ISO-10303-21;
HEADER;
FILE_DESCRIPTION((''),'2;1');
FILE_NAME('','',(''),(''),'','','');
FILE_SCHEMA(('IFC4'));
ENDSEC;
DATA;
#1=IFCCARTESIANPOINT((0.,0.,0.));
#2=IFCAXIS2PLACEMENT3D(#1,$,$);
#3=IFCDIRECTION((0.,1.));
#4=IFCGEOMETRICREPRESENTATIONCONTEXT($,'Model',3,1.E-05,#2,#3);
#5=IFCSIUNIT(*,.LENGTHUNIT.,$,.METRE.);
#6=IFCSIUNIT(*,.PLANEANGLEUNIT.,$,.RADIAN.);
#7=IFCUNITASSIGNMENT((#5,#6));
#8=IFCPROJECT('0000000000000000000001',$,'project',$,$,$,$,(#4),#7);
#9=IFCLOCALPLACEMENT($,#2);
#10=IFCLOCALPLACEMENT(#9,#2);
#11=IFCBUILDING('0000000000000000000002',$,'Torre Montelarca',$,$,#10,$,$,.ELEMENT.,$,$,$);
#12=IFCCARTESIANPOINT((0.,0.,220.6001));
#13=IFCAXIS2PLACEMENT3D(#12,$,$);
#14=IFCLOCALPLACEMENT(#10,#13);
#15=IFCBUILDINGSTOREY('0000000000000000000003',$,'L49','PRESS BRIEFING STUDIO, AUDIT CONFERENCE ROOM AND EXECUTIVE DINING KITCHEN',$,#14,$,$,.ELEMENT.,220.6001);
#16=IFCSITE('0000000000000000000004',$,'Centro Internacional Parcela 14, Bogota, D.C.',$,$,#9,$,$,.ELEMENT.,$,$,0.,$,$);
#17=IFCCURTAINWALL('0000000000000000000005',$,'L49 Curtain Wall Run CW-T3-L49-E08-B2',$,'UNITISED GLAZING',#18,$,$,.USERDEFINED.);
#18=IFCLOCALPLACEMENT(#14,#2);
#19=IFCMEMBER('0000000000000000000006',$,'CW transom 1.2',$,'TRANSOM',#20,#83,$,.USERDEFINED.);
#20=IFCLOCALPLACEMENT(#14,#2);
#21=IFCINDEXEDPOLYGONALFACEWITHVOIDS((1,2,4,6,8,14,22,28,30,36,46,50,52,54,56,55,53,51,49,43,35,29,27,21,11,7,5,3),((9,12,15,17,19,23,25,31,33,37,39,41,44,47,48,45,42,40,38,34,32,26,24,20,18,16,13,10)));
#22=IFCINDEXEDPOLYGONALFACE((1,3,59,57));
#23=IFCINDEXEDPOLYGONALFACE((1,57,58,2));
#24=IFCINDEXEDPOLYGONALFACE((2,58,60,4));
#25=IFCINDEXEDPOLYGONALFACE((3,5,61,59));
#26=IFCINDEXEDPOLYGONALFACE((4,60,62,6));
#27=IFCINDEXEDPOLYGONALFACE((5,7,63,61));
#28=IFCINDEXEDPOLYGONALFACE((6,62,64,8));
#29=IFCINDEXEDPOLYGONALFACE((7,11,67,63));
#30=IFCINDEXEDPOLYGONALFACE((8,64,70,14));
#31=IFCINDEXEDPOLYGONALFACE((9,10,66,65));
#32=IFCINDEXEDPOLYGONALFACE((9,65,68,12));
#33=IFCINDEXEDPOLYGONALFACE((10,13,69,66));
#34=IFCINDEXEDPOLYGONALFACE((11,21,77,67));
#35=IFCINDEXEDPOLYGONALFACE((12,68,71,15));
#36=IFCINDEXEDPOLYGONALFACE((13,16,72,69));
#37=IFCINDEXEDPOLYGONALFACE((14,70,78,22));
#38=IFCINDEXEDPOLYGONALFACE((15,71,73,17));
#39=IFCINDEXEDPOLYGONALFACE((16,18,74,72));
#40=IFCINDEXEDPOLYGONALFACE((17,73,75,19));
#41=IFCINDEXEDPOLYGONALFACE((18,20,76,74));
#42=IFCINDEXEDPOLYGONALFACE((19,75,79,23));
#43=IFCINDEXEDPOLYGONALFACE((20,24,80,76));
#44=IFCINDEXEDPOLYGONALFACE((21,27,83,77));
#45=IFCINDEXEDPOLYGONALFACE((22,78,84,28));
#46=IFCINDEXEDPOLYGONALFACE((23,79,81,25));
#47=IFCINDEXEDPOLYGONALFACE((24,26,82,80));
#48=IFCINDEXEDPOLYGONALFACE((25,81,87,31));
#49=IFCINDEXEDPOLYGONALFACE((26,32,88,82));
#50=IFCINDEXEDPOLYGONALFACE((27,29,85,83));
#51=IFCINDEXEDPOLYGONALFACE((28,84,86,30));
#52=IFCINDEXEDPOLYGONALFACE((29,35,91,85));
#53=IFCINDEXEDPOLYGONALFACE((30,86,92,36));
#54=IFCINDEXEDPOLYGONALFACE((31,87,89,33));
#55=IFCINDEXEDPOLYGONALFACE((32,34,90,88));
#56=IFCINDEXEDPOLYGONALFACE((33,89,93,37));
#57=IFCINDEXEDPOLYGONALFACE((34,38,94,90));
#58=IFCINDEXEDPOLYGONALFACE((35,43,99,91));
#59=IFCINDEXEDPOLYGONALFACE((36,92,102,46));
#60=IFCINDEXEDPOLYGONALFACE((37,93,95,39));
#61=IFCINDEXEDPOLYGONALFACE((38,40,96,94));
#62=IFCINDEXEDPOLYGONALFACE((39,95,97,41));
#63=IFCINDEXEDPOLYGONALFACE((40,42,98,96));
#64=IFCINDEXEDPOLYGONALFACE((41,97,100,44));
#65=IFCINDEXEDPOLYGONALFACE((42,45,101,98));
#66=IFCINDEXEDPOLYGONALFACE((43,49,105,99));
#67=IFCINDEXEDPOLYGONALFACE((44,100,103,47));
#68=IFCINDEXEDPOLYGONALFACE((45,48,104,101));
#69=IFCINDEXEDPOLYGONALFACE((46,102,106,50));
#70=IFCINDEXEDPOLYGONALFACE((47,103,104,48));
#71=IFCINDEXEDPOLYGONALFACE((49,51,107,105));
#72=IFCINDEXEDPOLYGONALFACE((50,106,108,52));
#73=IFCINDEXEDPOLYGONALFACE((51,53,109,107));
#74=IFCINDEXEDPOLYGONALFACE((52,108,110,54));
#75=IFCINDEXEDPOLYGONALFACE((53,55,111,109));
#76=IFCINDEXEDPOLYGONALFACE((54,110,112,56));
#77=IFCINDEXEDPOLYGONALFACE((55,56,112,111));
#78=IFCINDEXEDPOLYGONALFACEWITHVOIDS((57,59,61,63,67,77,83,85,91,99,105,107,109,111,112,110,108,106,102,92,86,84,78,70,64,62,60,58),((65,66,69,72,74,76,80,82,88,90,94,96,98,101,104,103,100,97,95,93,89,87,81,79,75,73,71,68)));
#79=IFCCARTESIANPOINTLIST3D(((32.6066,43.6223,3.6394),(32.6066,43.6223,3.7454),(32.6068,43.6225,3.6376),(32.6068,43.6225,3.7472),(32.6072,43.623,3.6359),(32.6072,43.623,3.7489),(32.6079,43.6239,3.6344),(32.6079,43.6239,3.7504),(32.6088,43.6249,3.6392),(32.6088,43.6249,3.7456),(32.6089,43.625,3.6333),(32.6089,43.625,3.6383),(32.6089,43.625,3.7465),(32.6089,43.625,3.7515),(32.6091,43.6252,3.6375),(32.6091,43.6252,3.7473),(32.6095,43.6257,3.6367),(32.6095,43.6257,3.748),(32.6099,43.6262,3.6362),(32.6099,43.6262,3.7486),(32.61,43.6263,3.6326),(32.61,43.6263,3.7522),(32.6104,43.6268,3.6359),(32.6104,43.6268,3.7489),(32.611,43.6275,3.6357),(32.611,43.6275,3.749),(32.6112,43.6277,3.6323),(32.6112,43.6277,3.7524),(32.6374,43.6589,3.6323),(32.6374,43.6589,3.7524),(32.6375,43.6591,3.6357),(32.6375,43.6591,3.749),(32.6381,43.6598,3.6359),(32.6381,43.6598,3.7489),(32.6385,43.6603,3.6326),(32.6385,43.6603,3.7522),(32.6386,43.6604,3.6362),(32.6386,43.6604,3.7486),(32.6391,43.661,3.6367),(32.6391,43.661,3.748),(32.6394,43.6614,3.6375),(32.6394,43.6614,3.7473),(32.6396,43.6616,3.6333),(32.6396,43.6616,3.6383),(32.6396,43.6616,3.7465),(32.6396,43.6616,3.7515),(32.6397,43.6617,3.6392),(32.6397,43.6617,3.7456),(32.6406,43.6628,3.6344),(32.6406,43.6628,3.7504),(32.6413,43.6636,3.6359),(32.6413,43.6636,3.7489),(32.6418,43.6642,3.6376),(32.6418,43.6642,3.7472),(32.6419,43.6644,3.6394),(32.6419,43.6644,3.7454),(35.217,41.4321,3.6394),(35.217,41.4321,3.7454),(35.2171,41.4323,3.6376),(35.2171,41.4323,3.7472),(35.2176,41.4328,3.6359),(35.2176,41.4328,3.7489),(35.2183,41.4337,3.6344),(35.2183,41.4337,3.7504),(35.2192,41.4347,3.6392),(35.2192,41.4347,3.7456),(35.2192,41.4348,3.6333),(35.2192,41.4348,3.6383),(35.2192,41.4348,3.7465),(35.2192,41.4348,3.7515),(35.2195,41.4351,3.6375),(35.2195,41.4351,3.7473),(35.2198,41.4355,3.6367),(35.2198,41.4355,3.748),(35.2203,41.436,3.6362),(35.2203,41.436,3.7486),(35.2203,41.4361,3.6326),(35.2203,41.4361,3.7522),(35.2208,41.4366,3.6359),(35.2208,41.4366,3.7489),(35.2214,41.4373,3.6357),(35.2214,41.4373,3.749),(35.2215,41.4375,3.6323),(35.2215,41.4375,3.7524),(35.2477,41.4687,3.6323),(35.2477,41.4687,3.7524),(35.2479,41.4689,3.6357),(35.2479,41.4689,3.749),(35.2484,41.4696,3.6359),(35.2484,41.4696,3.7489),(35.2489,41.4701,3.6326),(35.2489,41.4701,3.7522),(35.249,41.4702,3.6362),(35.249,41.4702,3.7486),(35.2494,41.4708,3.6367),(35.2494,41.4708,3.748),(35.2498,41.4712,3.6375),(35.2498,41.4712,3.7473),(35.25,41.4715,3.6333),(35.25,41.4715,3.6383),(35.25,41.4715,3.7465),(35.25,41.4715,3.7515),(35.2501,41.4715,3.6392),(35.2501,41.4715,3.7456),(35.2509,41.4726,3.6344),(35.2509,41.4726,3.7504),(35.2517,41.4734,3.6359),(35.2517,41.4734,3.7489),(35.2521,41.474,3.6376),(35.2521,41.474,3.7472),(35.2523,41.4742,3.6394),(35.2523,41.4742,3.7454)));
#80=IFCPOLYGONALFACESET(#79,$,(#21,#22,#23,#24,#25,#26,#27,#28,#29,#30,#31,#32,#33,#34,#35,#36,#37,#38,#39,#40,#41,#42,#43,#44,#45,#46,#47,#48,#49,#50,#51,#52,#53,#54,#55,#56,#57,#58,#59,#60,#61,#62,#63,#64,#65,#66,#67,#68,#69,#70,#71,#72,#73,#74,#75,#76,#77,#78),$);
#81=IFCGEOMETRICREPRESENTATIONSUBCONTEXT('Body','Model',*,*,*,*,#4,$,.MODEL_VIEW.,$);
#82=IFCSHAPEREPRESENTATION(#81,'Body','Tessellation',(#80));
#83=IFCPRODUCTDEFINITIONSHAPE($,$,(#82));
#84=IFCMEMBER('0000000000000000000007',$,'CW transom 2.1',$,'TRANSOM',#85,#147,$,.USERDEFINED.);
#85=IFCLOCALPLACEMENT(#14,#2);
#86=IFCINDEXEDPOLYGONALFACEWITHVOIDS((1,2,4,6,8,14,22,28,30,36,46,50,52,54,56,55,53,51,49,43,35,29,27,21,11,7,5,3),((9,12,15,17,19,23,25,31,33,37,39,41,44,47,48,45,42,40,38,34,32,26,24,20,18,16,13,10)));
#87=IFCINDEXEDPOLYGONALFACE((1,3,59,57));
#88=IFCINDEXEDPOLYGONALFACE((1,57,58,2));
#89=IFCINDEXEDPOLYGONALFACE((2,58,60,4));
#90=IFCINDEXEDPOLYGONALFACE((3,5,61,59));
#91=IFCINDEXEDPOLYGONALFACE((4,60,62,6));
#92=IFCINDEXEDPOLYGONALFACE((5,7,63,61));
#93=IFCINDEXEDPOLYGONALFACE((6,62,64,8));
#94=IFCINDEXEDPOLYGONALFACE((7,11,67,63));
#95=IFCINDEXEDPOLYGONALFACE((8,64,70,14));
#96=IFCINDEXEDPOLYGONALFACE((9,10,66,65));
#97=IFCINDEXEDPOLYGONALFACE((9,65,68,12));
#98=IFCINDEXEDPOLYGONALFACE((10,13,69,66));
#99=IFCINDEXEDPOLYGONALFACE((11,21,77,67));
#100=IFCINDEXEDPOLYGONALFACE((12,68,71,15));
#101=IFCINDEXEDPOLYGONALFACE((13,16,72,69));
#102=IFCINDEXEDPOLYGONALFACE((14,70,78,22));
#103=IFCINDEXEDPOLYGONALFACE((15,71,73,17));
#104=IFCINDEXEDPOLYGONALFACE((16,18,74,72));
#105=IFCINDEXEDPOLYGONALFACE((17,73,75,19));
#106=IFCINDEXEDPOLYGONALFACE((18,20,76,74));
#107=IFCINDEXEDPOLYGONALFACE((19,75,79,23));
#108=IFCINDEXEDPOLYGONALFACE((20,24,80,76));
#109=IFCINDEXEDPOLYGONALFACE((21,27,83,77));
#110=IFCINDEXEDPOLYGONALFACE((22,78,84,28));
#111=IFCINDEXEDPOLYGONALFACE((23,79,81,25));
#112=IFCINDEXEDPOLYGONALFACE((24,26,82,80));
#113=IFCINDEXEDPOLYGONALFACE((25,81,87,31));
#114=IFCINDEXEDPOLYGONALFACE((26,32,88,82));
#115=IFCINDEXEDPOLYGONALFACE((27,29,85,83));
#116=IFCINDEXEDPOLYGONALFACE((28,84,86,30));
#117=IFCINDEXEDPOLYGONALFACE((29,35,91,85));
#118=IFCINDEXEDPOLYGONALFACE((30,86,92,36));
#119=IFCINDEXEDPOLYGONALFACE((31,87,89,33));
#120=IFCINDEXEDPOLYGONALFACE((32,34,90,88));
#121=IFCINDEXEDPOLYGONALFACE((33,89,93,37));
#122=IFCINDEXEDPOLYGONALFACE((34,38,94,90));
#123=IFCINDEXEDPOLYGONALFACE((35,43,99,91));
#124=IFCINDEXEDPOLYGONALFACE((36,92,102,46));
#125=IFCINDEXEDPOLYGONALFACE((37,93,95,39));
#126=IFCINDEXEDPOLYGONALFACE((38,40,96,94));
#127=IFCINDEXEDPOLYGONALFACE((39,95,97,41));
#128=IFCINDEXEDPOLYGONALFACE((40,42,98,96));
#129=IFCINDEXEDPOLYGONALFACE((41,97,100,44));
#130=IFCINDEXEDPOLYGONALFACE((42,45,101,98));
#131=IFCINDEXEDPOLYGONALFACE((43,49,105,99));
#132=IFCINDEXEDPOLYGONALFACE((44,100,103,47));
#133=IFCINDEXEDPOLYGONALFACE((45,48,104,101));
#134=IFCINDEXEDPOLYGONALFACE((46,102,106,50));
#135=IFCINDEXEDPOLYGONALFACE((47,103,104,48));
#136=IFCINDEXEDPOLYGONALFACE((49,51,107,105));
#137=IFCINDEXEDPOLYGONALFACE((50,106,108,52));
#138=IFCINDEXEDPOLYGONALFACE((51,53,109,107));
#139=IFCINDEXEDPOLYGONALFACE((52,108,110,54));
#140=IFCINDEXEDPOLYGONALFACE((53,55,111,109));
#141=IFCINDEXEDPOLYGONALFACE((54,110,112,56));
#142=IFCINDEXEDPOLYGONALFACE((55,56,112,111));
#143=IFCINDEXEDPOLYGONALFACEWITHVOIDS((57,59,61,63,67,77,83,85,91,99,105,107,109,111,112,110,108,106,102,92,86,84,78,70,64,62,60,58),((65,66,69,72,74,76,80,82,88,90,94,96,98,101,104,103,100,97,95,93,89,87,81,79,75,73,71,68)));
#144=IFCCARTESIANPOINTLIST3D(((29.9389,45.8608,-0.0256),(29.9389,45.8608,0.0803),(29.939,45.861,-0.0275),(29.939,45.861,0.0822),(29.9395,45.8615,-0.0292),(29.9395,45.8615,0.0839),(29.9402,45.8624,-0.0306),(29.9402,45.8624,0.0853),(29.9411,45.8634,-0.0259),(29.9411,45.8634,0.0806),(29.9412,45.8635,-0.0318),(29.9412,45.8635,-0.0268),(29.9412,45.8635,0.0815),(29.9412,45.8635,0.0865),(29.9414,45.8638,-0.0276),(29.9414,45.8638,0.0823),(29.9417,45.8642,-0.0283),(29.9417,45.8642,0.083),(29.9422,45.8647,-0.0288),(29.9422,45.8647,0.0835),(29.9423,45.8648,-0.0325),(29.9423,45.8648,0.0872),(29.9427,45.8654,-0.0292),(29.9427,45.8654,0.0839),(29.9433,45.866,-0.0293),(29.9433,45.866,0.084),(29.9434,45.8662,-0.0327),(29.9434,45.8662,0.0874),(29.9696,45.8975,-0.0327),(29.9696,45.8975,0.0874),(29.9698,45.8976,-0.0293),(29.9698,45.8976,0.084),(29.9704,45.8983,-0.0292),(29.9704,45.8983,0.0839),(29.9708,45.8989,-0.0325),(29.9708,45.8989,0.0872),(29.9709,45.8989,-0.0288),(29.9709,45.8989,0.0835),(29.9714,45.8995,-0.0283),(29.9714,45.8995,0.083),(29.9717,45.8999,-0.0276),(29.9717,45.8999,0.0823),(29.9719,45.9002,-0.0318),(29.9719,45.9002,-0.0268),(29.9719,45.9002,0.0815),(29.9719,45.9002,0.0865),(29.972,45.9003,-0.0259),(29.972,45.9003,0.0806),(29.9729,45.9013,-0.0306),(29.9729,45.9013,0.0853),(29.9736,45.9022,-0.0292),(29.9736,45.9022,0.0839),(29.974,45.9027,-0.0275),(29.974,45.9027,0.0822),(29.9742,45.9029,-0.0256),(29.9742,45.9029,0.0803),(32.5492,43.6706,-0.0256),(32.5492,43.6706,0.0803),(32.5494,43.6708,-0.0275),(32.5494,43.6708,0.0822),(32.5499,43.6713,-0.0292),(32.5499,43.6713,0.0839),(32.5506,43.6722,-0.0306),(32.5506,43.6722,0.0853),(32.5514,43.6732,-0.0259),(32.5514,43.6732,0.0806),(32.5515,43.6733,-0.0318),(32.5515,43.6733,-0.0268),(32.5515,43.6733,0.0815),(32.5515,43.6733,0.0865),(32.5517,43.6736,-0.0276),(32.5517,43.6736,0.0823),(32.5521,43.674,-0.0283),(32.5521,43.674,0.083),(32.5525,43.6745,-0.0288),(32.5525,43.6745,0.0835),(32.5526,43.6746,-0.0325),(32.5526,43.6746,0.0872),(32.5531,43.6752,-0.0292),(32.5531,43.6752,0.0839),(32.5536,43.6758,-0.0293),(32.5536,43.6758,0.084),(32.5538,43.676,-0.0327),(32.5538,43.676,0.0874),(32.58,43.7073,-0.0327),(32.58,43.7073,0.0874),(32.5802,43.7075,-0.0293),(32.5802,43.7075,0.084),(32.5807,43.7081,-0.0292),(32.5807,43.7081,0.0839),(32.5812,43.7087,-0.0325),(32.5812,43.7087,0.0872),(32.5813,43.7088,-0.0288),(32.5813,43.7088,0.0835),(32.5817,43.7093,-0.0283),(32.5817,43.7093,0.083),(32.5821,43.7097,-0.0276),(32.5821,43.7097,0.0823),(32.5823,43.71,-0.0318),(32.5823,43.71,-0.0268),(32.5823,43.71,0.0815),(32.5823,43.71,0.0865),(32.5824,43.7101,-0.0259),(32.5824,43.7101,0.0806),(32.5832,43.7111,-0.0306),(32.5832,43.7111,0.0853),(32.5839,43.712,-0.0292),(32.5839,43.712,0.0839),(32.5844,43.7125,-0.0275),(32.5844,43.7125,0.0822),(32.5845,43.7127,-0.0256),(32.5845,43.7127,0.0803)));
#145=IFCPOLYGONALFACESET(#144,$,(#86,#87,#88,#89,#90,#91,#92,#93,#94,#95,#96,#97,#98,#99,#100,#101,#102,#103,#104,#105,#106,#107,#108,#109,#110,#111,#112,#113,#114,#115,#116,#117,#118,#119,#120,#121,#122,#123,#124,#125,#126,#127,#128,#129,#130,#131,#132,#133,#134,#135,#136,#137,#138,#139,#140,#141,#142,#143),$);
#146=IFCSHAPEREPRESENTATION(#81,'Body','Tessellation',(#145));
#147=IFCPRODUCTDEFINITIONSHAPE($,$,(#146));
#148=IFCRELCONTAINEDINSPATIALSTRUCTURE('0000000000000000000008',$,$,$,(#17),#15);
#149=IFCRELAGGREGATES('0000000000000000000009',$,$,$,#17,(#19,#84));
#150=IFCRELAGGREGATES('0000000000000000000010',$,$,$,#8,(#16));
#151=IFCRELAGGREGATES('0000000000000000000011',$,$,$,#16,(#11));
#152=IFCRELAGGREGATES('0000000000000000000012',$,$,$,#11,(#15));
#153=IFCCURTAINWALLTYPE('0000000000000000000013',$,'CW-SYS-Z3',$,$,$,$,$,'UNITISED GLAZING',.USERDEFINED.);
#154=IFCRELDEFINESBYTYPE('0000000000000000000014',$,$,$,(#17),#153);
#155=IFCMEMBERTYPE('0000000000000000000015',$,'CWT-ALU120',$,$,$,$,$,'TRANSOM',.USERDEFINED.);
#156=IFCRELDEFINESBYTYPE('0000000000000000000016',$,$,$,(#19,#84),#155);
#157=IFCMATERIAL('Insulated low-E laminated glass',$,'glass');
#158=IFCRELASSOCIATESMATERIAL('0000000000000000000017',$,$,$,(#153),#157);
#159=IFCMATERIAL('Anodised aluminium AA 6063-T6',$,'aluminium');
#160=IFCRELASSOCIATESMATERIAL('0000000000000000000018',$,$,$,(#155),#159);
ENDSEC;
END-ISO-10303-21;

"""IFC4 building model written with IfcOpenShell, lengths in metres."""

from ifc_helpers import new_model, si_unit, direction, frame, origin, origin_2d, place, context, subcontext, project, spatial, hollow_rectangle, extrude, source, transform, mapped, material, material_profile, profile_set, type_object, element, aggregate, save


model = new_model("IFC4")

# Units and contexts
model_context = context("Model", 3, precision=1e-05, world=origin(), true_north=direction((0.0, 1.0)))
body_context = subcontext(model_context, "Body", "Model", "MODEL_VIEW")
ifc_project = project(units=[si_unit("LENGTHUNIT", "METRE"), si_unit("PLANEANGLEUNIT", "RADIAN")], contexts=[model_context])

# Site, building, storey
site_placement = place(None, origin())
site = spatial("IfcSite", under=ifc_project, at=site_placement, Name="Centro Internacional Parcela 14, Bogota, D.C.", CompositionType="ELEMENT", RefElevation=0.0)
building_placement = place(site_placement, origin())
building = spatial("IfcBuilding", under=site, at=building_placement, Name="Torre Montelarca", CompositionType="ELEMENT")
storey_placement = place(building_placement, frame((0.0, 0.0, 220.6001)))
storey = spatial("IfcBuildingStorey", under=building, at=storey_placement, Name="L49", Description="PRESS BRIEFING STUDIO, AUDIT CONFERENCE ROOM AND EXECUTIVE DINING KITCHEN", CompositionType="ELEMENT", Elevation=220.6001)

# Shared definitions
ifc_material_1 = material(Name="Insulated low-E laminated glass", Category="glass")
curtain_wall_type = type_object("IfcCurtainWallType", Name="CW-SYS-Z3", ElementType="UNITISED GLAZING", PredefinedType="USERDEFINED", material=ifc_material_1)
ifc_material_2 = material(Name="Anodised aluminium AA 6063-T6", Category="aluminium")
ifc_material_profile_1 = material_profile(ifc_material_2, hollow_rectangle(XDim=0.0549, YDim=0.1201, WallThickness=0.0034, InnerFilletRadius=0.0034, OuterFilletRadius=0.0071, at=origin_2d()), Name="ALU55X120X3.5", Category="aluminium")
ifc_profile_set_1 = profile_set([ifc_material_profile_1], Name="Anodised aluminium AA 6063-T6")
member_type_1 = type_object("IfcMemberType", Name="CWT-ALU120", ElementType="TRANSOM", PredefinedType="USERDEFINED", material=ifc_profile_set_1)

# Shared definitions
shared_shape_1 = source(origin(), body_context, "Body", "SweptSolid", [
    extrude(hollow_rectangle(XDim=0.0549, YDim=0.1201, WallThickness=0.0034, InnerFilletRadius=0.0034, OuterFilletRadius=0.0071, at=origin_2d()), origin(), (0.0, 0.0, 1.0), 3.4075),
])

# Curtain wall, members
curtain_wall_1_placement = place(storey_placement, origin())
curtain_wall_1 = element("IfcCurtainWall", 1, at=curtain_wall_1_placement, inside=storey, type_object=curtain_wall_type, Name="L49 Curtain Wall Run CW-T3-L49-E08-B2", ObjectType="UNITISED GLAZING", PredefinedType="USERDEFINED")
member_1_placement = place(storey_placement, frame((35.2346, 41.4531, 3.6924), z_axis=(-0.766067, 0.64276, 0.0), x_axis=(-0.64276, -0.766067, 0.0)))
member_1 = element("IfcMember", 2, at=member_1_placement, type_object=member_type_1, Name="CW transom 1.2", ObjectType="TRANSOM", PredefinedType="USERDEFINED", context=body_context, shape_type="MappedRepresentation", body=[
    mapped(shared_shape_1, transform((0.0, 0.0, 0.0), scale=1.0)),
])
member_2_placement = place(storey_placement, frame((32.5669, 43.6917, 0.0273), z_axis=(-0.766067, 0.64276, 0.0), x_axis=(-0.64276, -0.766067, 0.0)))
member_2 = element("IfcMember", 3, at=member_2_placement, type_object=member_type_1, Name="CW transom 2.1", ObjectType="TRANSOM", PredefinedType="USERDEFINED", context=body_context, shape_type="MappedRepresentation", body=[
    mapped(shared_shape_1, transform((0.0, 0.0, 0.0), scale=1.0)),
])

aggregate(curtain_wall_1, [member_1, member_2])

save(model, "model.ifc")
